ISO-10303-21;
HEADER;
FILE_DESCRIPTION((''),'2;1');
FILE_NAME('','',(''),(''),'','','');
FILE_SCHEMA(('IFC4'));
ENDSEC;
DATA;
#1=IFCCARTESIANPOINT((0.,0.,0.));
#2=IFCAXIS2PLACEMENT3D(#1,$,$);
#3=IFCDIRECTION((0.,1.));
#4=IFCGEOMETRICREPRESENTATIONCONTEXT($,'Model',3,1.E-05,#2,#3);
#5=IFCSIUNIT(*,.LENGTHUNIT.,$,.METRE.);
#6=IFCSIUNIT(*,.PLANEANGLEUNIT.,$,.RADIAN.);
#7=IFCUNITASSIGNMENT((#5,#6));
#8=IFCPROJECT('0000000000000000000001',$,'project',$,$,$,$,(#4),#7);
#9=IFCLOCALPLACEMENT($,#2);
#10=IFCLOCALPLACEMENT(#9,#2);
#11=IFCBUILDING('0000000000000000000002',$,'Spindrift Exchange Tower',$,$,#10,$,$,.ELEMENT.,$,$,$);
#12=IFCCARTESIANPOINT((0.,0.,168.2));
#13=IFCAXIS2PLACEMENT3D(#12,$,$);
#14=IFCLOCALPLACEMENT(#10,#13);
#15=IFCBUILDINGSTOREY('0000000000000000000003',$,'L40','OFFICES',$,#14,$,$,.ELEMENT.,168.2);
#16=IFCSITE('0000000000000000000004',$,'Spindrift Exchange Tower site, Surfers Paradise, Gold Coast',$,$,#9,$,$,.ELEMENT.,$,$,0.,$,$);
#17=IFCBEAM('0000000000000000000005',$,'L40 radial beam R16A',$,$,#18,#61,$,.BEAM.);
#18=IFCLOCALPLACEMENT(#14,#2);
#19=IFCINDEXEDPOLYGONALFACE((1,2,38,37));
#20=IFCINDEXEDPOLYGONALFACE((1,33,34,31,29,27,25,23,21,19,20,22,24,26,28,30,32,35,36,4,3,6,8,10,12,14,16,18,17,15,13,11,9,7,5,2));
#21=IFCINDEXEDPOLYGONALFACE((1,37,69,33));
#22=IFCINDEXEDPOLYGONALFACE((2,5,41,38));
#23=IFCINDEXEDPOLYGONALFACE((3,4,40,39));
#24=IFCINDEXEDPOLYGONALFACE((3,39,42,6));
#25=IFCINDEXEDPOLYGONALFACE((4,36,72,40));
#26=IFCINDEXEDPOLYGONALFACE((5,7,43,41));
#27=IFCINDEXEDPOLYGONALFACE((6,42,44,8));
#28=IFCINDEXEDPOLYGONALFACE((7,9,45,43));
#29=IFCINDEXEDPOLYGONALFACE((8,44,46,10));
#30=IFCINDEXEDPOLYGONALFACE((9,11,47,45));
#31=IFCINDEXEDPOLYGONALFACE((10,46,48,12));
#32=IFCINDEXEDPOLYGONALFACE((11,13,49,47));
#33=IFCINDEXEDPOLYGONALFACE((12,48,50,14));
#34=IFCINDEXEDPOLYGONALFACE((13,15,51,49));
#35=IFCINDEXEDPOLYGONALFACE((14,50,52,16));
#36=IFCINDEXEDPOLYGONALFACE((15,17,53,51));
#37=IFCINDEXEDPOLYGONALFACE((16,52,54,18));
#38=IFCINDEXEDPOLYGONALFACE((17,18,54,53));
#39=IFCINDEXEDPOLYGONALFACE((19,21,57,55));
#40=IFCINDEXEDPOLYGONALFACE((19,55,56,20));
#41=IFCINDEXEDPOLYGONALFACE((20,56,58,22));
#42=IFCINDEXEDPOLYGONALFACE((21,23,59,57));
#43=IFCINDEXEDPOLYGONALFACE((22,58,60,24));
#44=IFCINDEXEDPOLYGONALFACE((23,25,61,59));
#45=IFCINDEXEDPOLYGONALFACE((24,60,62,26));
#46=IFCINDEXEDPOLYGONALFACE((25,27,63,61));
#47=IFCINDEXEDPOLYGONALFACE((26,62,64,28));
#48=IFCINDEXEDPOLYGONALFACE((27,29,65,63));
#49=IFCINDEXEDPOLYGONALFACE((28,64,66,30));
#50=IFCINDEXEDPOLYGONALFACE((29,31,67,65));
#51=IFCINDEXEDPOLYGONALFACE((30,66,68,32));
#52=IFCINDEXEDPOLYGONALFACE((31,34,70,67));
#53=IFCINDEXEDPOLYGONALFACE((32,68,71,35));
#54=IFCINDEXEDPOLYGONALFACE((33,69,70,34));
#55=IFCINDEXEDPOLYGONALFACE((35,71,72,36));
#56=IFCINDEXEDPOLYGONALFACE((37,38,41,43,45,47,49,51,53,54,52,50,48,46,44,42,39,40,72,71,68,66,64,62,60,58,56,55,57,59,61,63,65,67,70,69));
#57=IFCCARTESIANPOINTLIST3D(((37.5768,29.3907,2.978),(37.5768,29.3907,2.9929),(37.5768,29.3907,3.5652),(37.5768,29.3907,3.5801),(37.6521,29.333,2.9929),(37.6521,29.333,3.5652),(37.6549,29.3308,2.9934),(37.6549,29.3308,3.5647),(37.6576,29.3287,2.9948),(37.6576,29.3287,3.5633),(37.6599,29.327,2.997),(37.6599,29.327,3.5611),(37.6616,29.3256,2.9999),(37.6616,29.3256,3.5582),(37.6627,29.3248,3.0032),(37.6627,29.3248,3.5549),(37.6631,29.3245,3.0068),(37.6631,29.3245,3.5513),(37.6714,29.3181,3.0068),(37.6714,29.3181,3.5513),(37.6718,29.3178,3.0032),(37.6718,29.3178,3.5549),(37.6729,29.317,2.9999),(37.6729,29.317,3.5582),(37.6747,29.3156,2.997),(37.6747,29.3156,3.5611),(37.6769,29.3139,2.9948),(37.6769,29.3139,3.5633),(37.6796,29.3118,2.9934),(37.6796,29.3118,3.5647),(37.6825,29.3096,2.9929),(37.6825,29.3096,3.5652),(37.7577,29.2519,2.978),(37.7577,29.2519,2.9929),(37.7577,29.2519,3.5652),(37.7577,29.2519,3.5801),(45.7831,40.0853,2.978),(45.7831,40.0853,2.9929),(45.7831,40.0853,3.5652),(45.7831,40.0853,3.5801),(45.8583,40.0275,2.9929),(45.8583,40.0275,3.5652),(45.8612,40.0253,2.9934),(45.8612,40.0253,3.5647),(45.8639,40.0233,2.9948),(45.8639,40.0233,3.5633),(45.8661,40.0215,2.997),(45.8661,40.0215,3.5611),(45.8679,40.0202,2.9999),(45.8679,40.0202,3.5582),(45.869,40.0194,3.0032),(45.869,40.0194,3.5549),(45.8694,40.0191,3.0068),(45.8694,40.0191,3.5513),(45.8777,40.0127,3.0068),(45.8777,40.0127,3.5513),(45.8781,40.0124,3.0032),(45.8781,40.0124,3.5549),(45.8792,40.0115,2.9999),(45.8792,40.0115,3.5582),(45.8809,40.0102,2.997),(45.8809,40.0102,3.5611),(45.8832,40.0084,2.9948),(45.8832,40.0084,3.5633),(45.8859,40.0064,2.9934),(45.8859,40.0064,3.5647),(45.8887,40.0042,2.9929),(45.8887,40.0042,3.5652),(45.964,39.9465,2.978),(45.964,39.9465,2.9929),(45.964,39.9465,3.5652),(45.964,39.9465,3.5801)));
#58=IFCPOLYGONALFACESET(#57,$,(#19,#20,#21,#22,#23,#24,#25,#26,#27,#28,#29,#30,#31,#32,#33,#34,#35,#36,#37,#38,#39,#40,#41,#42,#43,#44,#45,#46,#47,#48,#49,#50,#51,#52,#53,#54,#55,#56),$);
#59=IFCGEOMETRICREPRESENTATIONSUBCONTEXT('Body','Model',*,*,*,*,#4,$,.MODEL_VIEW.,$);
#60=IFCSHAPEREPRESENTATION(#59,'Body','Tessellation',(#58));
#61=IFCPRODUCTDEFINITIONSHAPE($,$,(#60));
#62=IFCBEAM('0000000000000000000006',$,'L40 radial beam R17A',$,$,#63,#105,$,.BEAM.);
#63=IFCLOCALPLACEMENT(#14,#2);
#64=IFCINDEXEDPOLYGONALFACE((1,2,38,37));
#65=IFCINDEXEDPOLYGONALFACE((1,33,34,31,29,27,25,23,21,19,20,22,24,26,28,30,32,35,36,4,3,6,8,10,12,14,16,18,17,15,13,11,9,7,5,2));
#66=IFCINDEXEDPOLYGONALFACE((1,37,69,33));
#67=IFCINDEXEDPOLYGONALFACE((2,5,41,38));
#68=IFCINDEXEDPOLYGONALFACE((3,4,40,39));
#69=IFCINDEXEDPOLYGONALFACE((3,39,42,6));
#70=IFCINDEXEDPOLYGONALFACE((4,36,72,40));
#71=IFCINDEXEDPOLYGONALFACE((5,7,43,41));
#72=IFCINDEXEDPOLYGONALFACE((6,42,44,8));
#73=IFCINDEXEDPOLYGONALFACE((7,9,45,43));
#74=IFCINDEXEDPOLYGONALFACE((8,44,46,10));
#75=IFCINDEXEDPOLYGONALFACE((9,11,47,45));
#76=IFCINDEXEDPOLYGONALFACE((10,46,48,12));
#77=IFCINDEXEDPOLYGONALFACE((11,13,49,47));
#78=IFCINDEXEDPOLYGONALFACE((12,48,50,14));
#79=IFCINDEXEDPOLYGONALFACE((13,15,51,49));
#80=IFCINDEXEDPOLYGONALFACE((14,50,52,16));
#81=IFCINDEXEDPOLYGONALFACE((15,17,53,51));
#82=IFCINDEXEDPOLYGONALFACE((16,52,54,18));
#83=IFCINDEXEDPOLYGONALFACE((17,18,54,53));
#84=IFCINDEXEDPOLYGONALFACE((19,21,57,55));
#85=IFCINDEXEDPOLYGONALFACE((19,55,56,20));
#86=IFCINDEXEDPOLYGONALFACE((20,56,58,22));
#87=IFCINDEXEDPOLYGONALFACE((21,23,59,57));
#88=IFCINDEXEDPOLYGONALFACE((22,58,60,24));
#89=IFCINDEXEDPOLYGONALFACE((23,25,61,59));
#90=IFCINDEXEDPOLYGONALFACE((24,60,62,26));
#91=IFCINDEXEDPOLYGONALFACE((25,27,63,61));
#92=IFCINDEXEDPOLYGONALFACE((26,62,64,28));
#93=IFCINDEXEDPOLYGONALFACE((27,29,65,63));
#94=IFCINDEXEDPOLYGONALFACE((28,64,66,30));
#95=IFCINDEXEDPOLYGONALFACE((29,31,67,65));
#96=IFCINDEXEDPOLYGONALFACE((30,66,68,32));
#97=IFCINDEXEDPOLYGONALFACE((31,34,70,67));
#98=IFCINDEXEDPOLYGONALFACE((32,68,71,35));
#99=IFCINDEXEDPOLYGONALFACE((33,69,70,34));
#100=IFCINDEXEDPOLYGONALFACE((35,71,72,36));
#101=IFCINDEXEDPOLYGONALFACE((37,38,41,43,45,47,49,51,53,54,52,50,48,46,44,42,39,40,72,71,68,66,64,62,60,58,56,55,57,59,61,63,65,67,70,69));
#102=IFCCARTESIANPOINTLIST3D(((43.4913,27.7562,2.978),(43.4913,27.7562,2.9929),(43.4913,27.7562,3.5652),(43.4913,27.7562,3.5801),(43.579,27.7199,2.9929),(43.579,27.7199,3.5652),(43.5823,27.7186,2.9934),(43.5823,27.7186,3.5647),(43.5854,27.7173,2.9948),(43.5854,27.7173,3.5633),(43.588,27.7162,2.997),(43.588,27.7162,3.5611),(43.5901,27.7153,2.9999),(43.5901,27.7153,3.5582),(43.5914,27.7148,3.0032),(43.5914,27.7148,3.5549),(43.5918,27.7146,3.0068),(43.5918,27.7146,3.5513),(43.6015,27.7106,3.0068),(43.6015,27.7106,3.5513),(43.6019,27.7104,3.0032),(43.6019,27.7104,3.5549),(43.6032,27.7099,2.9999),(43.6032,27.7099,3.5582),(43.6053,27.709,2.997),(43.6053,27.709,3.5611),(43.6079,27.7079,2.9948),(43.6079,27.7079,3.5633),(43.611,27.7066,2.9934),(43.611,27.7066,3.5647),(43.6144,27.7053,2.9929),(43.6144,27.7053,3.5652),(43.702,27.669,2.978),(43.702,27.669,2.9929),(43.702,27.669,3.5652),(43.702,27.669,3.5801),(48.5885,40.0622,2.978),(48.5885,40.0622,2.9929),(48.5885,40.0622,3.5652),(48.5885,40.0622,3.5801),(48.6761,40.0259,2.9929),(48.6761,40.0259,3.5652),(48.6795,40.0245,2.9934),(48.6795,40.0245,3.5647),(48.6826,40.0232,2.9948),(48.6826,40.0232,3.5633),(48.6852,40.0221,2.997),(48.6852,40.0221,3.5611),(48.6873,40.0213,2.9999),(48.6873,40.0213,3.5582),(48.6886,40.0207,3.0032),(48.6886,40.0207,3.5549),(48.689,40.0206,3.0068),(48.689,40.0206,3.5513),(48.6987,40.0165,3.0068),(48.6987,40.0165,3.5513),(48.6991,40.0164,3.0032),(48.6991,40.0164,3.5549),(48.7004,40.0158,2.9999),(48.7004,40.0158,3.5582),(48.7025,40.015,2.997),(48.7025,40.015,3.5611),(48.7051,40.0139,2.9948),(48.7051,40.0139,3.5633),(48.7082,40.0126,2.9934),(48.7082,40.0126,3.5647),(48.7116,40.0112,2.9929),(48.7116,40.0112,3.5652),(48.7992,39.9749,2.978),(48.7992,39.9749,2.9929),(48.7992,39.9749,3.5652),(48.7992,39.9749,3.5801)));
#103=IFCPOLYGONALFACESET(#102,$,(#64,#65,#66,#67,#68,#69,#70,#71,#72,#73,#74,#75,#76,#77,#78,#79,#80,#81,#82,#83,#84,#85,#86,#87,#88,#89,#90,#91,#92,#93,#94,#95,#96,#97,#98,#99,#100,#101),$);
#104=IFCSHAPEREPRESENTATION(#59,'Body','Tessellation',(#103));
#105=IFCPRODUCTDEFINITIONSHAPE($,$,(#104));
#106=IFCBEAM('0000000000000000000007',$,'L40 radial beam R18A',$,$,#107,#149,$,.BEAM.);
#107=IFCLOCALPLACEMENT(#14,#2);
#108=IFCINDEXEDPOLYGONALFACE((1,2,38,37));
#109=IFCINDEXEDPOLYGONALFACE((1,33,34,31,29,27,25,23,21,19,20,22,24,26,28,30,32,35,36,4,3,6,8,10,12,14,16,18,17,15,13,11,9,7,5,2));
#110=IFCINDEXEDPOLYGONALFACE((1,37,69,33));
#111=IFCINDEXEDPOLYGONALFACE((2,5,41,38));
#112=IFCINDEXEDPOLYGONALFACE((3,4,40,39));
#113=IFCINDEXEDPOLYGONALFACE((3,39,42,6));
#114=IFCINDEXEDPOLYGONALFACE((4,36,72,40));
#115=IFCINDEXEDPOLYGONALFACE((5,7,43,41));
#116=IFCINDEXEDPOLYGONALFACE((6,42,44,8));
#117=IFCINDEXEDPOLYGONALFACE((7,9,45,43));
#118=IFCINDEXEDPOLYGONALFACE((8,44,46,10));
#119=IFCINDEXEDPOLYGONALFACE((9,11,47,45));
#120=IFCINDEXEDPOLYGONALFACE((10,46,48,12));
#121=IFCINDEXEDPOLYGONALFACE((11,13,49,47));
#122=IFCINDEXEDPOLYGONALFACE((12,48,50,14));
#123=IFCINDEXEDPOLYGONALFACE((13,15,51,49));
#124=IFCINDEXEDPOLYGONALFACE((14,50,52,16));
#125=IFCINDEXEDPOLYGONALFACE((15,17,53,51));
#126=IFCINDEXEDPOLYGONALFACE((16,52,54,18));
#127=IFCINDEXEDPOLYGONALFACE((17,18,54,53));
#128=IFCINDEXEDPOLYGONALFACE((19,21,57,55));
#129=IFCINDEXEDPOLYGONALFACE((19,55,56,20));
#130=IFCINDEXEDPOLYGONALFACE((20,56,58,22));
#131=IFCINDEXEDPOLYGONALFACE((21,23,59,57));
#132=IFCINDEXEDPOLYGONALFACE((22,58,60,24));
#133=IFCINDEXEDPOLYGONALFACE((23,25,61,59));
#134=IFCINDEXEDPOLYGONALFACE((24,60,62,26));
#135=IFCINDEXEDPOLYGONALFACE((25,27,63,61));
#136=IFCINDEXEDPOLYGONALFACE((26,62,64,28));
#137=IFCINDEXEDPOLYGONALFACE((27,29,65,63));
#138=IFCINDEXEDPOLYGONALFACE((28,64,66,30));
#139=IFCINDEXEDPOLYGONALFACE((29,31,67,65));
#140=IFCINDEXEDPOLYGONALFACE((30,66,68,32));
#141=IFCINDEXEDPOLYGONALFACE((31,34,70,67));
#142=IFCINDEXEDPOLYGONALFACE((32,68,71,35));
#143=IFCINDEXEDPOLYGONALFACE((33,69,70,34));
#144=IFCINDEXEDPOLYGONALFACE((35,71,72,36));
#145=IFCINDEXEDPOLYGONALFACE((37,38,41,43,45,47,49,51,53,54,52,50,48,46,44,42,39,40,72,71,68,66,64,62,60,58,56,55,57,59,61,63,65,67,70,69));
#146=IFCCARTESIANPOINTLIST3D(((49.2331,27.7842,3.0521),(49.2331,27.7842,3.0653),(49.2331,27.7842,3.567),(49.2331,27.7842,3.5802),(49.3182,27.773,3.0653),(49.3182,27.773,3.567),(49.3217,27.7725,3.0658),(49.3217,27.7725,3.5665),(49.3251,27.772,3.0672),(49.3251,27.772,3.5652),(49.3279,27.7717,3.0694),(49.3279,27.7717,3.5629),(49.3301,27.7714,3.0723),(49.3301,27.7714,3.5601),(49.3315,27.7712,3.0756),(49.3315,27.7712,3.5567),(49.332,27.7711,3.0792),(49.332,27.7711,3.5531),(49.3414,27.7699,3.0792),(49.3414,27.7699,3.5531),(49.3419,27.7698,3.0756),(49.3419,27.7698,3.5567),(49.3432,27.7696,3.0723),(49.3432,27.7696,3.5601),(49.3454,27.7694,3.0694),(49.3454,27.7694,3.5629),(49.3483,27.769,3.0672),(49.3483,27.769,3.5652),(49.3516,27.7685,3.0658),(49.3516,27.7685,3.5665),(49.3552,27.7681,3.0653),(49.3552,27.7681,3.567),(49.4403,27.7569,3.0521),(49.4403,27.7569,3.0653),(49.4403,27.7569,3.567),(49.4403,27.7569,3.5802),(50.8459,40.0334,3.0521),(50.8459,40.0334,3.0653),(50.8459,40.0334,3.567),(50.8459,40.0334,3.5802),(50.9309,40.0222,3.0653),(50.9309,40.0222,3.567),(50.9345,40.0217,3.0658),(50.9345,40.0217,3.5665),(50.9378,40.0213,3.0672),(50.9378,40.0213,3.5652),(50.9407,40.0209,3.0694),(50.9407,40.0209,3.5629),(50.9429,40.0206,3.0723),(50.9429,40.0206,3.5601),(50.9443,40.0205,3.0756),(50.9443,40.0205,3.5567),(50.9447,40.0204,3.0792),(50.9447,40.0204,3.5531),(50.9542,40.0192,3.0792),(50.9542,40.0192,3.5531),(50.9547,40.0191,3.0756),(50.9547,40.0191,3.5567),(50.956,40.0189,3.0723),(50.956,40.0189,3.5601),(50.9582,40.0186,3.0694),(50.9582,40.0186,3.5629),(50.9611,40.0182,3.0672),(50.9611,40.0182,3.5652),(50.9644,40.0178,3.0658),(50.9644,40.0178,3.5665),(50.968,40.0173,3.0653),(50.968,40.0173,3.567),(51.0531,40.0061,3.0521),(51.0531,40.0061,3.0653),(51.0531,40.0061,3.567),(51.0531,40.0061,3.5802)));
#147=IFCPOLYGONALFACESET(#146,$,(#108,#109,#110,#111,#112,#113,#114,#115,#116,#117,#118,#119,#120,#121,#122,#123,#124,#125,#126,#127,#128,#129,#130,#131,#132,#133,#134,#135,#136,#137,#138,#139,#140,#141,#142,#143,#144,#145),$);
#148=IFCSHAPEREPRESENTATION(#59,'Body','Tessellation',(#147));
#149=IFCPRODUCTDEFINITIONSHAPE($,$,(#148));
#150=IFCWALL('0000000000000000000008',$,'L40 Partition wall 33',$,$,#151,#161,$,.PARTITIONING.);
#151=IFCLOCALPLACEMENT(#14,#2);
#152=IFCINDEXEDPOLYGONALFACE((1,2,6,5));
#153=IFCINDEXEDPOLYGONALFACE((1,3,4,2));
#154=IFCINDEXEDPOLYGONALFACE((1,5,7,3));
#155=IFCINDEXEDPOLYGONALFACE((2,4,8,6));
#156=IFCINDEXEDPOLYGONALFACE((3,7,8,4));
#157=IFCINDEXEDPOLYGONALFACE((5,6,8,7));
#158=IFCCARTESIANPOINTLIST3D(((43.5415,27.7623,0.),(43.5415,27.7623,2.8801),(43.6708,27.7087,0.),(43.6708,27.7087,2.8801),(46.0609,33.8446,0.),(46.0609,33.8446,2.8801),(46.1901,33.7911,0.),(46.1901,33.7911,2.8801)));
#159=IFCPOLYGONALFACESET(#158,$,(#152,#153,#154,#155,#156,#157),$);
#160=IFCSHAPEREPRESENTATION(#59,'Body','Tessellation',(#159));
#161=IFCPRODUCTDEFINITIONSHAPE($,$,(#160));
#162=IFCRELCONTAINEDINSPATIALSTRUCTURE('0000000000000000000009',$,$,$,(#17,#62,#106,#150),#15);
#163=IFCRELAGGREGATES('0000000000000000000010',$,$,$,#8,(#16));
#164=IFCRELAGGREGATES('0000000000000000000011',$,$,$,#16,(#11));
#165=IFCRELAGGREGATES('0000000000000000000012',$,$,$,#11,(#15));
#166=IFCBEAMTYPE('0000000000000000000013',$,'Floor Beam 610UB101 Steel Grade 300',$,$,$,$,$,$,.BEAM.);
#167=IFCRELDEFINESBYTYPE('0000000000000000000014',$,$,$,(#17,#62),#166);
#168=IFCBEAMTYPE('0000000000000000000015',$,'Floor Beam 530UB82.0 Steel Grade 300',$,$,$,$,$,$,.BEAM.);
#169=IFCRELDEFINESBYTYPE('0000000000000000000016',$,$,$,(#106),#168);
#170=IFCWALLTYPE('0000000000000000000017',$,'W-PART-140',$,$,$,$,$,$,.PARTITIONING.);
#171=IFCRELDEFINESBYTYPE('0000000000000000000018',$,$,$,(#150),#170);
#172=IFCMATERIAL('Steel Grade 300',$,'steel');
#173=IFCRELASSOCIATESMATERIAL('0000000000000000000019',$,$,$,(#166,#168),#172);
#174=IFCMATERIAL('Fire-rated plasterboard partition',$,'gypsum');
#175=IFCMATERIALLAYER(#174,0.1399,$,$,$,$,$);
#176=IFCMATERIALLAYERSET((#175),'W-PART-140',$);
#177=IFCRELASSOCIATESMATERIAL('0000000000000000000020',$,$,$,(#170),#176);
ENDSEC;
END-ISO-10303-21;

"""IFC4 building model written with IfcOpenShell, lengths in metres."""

from ifc_helpers import new_model, si_unit, direction, frame, frame_2d, origin, origin_2d, place, context, subcontext, project, spatial, rectangle, i_section, extrude, source, transform, mapped, material, layer, layer_set, material_profile, profile_set, type_object, element, save


model = new_model("IFC4")

# Units and contexts
model_context = context("Model", 3, precision=1e-05, world=origin(), true_north=direction((0.0, 1.0)))
body_context = subcontext(model_context, "Body", "Model", "MODEL_VIEW")
ifc_project = project(units=[si_unit("LENGTHUNIT", "METRE"), si_unit("PLANEANGLEUNIT", "RADIAN")], contexts=[model_context])

# Site, building, storey
site_placement = place(None, origin())
site = spatial("IfcSite", under=ifc_project, at=site_placement, Name="Spindrift Exchange Tower site, Surfers Paradise, Gold Coast", CompositionType="ELEMENT", RefElevation=0.0)
building_placement = place(site_placement, origin())
building = spatial("IfcBuilding", under=site, at=building_placement, Name="Spindrift Exchange Tower", CompositionType="ELEMENT")
storey_placement = place(building_placement, frame((0.0, 0.0, 168.2)))
storey = spatial("IfcBuildingStorey", under=building, at=storey_placement, Name="L40", Description="OFFICES", CompositionType="ELEMENT", Elevation=168.2)

# Beams
ifc_material_1 = material(Name="Steel Grade 300", Category="steel")
ifc_material_profile_1 = material_profile(ifc_material_1, i_section(OverallWidth=0.228, OverallDepth=0.6021, WebThickness=0.0105, FlangeThickness=0.0149, FilletRadius=0.0139, at=origin_2d()), Name="610UB101")
ifc_profile_set_1 = profile_set([ifc_material_profile_1], Name="Steel Grade 300")
beam_type_1 = type_object("IfcBeamType", Name="Floor Beam 610UB101 Steel Grade 300", PredefinedType="BEAM", material=ifc_profile_set_1)
shared_shape_1 = source(origin(), body_context, "Body", "SweptSolid", [
    extrude(i_section(OverallWidth=0.228, OverallDepth=0.6021, WebThickness=0.0105, FlangeThickness=0.0149, FilletRadius=0.0139, at=origin_2d()), origin(), (0.0, 0.0, 1.0), 13.4802),
])
beam_1_placement = place(storey_placement, frame((45.8735, 40.0159, 3.2791), z_axis=(-0.608764, -0.793351, 0.0), x_axis=(0.793351, -0.608764, 0.0)))
element("IfcBeam", 1, at=beam_1_placement, inside=storey, type_object=beam_type_1, Name="L40 radial beam R16A", PredefinedType="BEAM", context=body_context, shape_type="MappedRepresentation", body=[
    mapped(shared_shape_1, transform((0.0, 0.0, 0.0), scale=1.0)),
])
shared_shape_2 = source(origin(), body_context, "Body", "SweptSolid", [
    extrude(i_section(OverallWidth=0.228, OverallDepth=0.6021, WebThickness=0.0105, FlangeThickness=0.0149, FilletRadius=0.0139, at=origin_2d()), origin(), (0.0, 0.0, 1.0), 13.3198),
])
beam_2_placement = place(storey_placement, frame((48.6938, 40.0186, 3.2791), z_axis=(-0.382677, -0.923882, 0.0), x_axis=(0.923882, -0.382677, 0.0)))
element("IfcBeam", 2, at=beam_2_placement, inside=storey, type_object=beam_type_1, Name="L40 radial beam R17A", PredefinedType="BEAM", context=body_context, shape_type="MappedRepresentation", body=[
    mapped(shared_shape_2, transform((0.0, 0.0, 0.0), scale=1.0)),
])
ifc_material_profile_2 = material_profile(ifc_material_1, i_section(OverallWidth=0.209, OverallDepth=0.5281, WebThickness=0.0095, FlangeThickness=0.0132, FilletRadius=0.0139, at=origin_2d()), Name="530UB82.0")
ifc_profile_set_2 = profile_set([ifc_material_profile_2], Name="Steel Grade 300")
beam_type_2 = type_object("IfcBeamType", Name="Floor Beam 530UB82.0 Steel Grade 300", PredefinedType="BEAM", material=ifc_profile_set_2)
shared_shape_3 = source(origin(), body_context, "Body", "SweptSolid", [
    extrude(i_section(OverallWidth=0.209, OverallDepth=0.5281, WebThickness=0.0095, FlangeThickness=0.0132, FilletRadius=0.0139, at=origin_2d()), origin(), (0.0, 0.0, 1.0), 12.355),
])
beam_3_placement = place(storey_placement, frame((50.9495, 40.0198, 3.3162), z_axis=(-0.130538, -0.991443, 0.0), x_axis=(0.991443, -0.130538, 0.0)))
element("IfcBeam", 3, at=beam_3_placement, inside=storey, type_object=beam_type_2, Name="L40 radial beam R18A", PredefinedType="BEAM", context=body_context, shape_type="MappedRepresentation", body=[
    mapped(shared_shape_3, transform((0.0, 0.0, 0.0), scale=1.0)),
])

# Wall
ifc_material_2 = material(Name="Fire-rated plasterboard partition", Category="gypsum")
ifc_layer_1 = layer(ifc_material_2, 0.1399)
ifc_layer_set_1 = layer_set([ifc_layer_1], Name="W-PART-140")
wall_type_1 = type_object("IfcWallType", Name="W-PART-140", PredefinedType="PARTITIONING", material=ifc_layer_set_1)
wall_1_placement = place(storey_placement, frame((46.1255, 33.8179, 0.0), z_axis=(0.0, 0.0, 1.0), x_axis=(-0.382674, -0.923883, 0.0)))
element("IfcWall", 4, at=wall_1_placement, inside=storey, type_object=wall_type_1, Name="L40 Partition wall 33", PredefinedType="PARTITIONING", context=body_context, shape_type="SweptSolid", body=[
    extrude(rectangle(XDim=6.5835, YDim=0.1399, at=frame_2d((3.2917, 0.0))), origin(), (0.0, 0.0, 1.0), 2.8801),
])

save(model, "model.ifc")
